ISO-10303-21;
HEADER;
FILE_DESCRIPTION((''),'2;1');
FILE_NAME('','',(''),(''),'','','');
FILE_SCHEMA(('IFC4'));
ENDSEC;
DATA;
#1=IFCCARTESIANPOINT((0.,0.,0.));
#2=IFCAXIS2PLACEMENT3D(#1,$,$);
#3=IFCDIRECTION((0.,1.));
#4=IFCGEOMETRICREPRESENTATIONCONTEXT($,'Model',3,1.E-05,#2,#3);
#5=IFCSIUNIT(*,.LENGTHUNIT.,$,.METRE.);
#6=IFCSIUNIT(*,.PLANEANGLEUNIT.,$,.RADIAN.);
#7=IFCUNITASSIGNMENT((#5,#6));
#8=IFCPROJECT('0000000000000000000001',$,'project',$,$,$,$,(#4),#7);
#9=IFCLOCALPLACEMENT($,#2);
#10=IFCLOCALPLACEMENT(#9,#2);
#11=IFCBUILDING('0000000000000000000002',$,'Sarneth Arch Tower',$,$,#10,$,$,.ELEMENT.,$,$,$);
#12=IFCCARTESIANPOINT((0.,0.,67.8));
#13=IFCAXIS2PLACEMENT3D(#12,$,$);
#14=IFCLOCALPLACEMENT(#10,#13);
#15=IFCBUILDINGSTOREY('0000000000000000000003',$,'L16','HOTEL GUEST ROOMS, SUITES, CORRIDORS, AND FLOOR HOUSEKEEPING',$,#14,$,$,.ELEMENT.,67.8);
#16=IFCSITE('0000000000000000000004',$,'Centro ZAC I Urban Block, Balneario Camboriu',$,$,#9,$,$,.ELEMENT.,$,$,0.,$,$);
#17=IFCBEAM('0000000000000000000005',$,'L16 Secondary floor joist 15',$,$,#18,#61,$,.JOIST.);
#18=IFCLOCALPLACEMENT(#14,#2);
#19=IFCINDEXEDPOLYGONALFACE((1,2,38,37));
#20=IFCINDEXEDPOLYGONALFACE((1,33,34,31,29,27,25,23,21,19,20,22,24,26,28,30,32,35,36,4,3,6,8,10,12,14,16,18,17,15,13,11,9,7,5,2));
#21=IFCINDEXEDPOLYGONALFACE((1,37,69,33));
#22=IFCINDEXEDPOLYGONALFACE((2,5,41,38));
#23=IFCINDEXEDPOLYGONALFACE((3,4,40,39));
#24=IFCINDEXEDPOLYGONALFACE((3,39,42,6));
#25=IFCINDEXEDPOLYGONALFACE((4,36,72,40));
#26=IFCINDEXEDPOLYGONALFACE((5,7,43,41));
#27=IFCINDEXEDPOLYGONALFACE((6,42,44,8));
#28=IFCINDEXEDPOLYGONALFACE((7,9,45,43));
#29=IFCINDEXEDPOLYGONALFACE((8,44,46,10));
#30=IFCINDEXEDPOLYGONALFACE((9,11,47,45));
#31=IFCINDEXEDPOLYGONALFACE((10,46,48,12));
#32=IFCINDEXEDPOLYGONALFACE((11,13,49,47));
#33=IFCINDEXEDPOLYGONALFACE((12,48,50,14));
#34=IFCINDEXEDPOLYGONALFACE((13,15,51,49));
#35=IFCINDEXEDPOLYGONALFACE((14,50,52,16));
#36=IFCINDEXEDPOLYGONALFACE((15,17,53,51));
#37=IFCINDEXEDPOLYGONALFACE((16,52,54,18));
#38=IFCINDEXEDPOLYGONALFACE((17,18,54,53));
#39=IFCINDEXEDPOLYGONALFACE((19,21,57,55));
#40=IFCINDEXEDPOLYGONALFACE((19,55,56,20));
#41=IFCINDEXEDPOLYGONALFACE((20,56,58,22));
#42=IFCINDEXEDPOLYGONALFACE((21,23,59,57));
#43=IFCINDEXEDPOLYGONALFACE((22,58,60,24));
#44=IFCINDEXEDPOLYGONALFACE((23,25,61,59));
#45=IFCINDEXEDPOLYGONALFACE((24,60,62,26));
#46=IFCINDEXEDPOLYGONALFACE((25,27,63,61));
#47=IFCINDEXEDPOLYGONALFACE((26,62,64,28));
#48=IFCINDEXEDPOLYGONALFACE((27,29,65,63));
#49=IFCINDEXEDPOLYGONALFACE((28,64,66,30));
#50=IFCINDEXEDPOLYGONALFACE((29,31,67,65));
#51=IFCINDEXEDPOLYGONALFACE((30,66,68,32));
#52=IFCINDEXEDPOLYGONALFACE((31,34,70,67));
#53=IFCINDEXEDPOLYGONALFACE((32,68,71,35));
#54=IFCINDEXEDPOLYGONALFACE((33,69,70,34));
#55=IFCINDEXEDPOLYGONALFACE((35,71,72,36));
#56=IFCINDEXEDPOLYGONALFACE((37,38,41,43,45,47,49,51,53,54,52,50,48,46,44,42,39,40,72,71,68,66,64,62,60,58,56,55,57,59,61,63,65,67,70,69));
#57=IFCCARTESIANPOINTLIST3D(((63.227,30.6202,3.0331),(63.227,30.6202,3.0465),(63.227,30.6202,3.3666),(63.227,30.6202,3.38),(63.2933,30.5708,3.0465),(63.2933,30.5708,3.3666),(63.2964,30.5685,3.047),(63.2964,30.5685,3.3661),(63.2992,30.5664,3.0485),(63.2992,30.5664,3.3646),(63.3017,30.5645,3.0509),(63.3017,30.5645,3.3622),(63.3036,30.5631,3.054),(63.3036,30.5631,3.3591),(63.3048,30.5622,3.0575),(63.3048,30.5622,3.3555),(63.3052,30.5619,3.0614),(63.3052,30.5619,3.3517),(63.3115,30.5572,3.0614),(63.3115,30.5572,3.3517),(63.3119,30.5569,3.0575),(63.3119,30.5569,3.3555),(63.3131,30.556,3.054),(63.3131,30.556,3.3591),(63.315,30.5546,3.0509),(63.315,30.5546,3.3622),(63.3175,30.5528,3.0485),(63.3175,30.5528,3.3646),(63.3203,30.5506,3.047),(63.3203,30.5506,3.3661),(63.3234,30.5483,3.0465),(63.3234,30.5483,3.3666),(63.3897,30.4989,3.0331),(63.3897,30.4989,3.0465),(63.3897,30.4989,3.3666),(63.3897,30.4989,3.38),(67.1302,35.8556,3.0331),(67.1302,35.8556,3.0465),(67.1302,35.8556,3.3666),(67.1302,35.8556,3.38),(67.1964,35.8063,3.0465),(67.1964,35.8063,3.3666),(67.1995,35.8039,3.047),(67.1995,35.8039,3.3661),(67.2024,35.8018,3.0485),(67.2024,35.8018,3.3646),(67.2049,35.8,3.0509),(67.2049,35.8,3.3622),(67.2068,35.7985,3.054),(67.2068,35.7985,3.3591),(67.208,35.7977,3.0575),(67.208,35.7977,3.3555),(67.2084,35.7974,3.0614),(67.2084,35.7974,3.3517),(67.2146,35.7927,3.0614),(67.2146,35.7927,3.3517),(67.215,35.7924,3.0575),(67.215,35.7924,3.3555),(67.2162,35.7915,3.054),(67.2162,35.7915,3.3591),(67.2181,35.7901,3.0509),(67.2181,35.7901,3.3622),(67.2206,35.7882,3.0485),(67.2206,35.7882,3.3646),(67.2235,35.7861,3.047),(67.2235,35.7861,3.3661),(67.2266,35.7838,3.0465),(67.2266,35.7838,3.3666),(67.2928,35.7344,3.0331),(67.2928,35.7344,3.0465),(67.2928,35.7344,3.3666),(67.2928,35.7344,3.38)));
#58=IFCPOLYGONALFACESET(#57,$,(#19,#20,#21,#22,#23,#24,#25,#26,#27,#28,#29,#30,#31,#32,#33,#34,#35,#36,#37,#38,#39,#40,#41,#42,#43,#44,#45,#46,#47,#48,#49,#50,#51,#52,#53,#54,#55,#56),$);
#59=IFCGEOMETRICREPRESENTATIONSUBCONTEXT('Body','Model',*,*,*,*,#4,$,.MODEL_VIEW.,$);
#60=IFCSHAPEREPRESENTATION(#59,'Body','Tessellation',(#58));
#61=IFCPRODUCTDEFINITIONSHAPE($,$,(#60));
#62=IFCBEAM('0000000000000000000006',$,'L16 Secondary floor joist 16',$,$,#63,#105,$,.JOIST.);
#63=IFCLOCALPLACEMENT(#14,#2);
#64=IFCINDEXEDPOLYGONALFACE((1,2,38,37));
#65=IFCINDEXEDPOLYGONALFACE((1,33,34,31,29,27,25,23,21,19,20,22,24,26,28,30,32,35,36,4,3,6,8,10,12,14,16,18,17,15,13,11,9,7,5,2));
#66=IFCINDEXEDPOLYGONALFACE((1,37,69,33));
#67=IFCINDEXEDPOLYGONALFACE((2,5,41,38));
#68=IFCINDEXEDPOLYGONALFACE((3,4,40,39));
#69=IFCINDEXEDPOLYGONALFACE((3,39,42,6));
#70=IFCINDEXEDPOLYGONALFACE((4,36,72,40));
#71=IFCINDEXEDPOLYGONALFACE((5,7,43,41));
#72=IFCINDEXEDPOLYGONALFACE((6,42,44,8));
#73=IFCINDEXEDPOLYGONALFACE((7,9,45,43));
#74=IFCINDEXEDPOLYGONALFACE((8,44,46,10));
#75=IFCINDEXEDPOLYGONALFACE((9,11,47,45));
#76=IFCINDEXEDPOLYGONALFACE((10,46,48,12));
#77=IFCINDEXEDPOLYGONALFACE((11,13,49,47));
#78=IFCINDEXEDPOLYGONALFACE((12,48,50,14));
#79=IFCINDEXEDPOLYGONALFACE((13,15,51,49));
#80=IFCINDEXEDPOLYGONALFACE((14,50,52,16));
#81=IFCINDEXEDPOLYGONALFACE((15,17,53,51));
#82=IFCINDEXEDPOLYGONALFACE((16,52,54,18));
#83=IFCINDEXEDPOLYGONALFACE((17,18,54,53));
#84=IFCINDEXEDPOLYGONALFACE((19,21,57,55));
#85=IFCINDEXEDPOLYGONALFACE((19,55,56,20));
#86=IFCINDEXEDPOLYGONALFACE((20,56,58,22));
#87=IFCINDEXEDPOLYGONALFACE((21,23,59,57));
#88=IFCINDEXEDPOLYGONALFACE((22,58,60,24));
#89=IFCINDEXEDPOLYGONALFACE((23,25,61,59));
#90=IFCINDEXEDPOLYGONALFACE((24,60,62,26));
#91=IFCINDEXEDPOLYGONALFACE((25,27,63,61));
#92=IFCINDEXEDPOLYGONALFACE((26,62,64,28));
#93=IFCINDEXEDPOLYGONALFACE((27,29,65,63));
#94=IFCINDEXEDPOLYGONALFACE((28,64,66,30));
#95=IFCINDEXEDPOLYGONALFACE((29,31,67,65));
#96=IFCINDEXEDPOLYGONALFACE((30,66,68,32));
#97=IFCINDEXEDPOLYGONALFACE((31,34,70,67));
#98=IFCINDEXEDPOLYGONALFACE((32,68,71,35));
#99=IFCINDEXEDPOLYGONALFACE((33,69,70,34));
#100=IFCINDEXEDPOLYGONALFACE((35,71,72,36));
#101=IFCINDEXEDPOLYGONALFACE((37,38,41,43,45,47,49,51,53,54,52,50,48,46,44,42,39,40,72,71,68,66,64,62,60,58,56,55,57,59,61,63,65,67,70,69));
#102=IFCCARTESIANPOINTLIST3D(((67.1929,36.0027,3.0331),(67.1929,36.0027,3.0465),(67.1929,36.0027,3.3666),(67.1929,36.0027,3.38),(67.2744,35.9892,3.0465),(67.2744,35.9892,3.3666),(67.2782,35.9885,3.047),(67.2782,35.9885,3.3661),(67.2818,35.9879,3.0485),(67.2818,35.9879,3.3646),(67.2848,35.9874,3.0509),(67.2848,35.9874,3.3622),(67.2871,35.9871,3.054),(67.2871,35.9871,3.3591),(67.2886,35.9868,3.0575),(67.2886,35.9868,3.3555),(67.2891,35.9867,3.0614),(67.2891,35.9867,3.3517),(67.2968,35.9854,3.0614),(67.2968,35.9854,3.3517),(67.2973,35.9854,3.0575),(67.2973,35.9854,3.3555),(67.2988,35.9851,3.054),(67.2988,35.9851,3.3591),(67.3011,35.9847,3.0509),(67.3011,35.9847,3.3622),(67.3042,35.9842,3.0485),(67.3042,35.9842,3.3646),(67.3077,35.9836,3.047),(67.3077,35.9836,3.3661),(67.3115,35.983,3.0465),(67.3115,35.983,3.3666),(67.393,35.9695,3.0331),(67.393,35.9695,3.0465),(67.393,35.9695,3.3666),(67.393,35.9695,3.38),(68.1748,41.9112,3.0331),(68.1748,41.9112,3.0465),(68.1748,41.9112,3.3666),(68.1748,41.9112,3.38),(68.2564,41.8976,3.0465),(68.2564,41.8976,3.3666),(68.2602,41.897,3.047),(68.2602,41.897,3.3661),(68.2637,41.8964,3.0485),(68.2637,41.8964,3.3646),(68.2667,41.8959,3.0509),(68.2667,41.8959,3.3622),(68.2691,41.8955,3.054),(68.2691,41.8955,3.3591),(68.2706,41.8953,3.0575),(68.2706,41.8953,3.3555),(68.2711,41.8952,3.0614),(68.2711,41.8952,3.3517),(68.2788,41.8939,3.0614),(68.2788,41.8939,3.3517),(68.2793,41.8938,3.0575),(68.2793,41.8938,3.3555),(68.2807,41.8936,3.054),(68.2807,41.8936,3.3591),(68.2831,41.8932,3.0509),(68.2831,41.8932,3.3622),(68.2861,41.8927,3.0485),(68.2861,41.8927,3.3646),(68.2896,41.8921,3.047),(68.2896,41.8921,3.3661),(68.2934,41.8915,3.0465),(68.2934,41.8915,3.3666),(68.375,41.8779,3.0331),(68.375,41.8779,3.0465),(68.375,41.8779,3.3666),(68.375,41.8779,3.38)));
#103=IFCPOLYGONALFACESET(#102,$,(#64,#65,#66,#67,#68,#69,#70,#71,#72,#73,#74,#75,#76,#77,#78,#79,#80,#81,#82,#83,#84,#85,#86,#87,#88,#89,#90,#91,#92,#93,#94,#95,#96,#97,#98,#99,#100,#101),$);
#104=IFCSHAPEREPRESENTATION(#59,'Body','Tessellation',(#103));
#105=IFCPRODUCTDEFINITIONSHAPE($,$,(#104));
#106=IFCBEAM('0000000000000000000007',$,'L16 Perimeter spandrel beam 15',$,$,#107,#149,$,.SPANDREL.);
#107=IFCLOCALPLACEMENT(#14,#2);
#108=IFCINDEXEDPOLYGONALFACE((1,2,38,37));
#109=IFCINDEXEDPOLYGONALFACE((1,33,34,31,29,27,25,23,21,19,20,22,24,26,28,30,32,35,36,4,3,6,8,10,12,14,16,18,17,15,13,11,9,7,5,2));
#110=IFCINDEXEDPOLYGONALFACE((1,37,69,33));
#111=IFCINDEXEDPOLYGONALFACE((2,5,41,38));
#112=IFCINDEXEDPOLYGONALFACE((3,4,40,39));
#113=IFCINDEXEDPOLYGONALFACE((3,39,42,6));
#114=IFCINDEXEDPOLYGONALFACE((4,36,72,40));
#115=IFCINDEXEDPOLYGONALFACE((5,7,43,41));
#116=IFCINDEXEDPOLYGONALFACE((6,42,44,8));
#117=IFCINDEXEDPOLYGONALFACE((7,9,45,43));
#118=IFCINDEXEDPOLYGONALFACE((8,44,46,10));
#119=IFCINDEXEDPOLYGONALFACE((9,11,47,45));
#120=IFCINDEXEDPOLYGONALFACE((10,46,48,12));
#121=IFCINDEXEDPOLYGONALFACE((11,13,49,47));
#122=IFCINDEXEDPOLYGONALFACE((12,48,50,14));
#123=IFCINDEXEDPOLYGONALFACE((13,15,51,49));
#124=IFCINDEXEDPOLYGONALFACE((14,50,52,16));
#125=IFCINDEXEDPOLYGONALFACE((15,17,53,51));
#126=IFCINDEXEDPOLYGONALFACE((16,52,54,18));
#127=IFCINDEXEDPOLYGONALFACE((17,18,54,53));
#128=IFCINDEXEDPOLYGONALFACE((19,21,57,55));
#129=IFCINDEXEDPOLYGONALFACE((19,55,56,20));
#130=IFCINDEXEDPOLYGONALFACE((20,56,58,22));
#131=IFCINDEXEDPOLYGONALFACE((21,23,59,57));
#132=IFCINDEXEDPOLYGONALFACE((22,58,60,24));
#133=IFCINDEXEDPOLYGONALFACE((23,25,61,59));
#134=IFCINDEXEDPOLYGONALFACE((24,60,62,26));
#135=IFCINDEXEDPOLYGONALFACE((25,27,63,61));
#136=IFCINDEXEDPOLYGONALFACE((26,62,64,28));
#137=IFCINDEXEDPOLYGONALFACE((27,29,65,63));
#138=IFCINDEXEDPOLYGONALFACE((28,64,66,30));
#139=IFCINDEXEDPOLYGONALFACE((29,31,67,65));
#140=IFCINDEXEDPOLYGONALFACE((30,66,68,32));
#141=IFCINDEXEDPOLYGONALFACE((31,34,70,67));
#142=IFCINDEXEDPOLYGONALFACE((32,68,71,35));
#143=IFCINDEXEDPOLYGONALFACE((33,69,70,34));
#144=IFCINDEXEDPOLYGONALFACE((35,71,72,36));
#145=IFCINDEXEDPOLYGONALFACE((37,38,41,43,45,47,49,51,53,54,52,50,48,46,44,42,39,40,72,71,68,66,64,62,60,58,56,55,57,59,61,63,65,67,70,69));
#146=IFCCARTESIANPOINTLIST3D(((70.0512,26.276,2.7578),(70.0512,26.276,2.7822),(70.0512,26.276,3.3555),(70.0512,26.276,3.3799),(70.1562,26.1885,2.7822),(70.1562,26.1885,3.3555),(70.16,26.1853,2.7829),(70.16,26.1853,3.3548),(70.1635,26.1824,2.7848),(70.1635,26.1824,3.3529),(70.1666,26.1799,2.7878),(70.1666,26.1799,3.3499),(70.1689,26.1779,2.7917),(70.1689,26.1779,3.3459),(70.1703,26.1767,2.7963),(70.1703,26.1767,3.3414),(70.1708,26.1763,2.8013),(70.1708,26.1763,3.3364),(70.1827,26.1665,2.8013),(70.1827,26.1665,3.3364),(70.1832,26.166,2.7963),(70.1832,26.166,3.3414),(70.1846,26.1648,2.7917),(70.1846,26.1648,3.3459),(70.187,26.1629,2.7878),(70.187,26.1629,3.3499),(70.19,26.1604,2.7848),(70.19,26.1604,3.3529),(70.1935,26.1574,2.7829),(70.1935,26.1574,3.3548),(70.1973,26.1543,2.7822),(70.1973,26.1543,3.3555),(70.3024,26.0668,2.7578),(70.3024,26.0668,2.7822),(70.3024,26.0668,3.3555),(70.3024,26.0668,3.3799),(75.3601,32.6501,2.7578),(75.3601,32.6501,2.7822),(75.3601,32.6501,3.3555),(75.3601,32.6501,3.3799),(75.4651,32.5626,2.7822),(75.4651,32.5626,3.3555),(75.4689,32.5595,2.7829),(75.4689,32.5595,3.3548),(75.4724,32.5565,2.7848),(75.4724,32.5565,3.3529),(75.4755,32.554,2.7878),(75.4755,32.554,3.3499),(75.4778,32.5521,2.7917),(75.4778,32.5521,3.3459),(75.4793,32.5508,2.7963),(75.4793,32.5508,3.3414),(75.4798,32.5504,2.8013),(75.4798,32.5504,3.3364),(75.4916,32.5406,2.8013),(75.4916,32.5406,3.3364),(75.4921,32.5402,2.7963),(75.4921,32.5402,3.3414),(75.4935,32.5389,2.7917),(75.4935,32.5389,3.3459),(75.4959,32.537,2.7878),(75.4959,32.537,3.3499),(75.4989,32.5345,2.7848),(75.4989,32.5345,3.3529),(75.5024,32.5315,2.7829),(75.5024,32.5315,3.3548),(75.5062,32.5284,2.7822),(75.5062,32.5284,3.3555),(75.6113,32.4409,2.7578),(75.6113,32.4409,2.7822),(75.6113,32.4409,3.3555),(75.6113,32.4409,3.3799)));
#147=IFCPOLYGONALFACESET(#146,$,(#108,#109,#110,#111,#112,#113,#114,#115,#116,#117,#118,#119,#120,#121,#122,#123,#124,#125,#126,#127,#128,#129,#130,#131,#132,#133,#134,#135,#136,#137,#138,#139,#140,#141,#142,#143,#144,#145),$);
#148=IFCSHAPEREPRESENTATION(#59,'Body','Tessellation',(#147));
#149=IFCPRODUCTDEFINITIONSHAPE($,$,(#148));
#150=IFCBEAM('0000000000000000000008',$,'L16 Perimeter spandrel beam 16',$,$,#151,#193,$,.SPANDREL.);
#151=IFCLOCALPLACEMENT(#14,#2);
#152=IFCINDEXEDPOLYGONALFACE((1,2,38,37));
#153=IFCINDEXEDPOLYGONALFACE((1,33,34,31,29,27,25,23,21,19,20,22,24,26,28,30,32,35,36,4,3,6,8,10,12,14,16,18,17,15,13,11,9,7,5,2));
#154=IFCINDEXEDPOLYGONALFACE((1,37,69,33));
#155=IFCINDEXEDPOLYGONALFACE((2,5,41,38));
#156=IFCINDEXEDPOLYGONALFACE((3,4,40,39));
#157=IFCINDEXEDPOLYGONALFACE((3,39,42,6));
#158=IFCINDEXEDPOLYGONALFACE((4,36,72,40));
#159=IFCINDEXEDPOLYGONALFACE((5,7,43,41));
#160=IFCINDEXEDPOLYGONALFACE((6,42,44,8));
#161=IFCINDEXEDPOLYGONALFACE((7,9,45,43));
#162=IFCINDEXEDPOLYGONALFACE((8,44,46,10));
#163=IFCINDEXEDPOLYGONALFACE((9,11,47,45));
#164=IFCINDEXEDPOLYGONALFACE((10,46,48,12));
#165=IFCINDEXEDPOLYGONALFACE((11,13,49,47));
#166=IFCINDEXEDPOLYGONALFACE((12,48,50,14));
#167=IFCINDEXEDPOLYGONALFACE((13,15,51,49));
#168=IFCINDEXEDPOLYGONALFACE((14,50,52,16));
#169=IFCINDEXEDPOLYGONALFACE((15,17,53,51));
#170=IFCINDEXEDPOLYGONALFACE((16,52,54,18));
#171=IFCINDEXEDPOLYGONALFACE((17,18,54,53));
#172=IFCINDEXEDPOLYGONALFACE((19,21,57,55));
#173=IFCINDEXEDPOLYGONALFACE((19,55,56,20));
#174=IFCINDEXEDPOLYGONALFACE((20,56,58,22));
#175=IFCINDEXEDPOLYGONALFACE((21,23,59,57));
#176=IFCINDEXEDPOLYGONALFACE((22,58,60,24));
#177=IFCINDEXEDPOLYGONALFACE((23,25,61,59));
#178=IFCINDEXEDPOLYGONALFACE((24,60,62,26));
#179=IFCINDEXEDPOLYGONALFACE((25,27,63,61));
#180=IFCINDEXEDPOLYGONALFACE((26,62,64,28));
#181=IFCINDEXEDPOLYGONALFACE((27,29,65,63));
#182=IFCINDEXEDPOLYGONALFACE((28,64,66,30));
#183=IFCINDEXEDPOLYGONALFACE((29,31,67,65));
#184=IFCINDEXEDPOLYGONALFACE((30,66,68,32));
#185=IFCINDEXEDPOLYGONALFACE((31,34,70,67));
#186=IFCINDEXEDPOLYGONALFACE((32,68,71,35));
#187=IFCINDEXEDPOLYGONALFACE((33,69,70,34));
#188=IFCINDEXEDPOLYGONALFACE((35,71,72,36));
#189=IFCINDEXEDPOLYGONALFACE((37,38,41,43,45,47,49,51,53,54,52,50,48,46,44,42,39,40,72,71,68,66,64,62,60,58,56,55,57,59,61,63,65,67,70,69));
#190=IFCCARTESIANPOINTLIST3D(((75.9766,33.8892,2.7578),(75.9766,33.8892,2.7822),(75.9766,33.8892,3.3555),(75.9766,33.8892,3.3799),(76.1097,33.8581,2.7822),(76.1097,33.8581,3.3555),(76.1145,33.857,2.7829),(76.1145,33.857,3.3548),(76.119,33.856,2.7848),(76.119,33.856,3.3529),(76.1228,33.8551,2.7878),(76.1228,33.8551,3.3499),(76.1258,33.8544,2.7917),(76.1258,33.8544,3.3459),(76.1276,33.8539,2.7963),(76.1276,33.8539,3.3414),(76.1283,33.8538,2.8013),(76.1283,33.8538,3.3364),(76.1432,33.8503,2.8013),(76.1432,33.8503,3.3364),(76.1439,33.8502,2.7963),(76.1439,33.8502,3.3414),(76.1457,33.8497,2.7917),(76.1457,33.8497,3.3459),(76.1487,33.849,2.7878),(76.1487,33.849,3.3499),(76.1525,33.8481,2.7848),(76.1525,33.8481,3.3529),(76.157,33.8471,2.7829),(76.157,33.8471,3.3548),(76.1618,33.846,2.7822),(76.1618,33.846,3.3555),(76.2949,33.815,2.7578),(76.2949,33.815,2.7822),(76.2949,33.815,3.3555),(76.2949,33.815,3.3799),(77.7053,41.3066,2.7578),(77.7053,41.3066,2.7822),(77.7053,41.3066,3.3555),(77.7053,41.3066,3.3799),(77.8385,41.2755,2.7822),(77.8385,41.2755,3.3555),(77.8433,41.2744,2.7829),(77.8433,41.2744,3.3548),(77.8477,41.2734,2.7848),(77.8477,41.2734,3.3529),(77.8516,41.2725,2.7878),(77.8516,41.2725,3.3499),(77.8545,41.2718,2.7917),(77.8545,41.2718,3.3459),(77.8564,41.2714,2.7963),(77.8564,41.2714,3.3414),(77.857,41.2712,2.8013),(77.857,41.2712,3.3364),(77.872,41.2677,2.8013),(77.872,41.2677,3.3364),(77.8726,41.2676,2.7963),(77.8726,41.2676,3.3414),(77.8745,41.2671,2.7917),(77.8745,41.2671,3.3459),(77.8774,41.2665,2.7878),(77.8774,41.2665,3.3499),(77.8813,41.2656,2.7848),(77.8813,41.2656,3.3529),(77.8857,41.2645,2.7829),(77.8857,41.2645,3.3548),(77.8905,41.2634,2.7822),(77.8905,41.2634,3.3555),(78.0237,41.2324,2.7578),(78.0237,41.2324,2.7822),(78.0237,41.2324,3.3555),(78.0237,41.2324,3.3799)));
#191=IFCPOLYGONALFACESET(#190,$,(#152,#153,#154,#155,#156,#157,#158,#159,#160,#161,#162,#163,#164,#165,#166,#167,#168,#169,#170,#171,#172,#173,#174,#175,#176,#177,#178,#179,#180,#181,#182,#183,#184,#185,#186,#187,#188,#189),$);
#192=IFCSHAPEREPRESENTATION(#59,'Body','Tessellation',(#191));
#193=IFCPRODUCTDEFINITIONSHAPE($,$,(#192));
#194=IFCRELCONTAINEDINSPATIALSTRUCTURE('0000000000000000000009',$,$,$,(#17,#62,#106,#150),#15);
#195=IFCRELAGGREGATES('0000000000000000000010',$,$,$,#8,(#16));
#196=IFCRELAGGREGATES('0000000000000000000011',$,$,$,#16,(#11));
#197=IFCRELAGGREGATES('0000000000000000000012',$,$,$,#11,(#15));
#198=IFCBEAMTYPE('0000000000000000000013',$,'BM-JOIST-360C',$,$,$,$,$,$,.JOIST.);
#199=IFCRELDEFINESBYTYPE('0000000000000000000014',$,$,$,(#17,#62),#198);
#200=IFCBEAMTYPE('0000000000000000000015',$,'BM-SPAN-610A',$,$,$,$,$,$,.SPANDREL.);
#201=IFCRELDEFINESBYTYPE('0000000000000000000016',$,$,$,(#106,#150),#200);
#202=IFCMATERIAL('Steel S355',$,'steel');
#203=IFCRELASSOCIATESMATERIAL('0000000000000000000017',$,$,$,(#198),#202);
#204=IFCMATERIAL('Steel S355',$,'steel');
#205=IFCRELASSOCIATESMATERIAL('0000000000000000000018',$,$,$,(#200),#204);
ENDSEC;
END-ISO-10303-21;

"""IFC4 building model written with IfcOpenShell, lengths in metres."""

from ifc_helpers import new_model, si_unit, direction, frame, origin, origin_2d, place, context, subcontext, project, spatial, i_section, extrude, material, material_profile, profile_set, type_object, element, save


model = new_model("IFC4")

# Units and contexts
model_context = context("Model", 3, precision=1e-05, world=origin(), true_north=direction((0.0, 1.0)))
body_context = subcontext(model_context, "Body", "Model", "MODEL_VIEW")
ifc_project = project(units=[si_unit("LENGTHUNIT", "METRE"), si_unit("PLANEANGLEUNIT", "RADIAN")], contexts=[model_context])

# Site, building, storey
site_placement = place(None, origin())
site = spatial("IfcSite", under=ifc_project, at=site_placement, Name="Centro ZAC I Urban Block, Balneario Camboriu", CompositionType="ELEMENT", RefElevation=0.0)
building_placement = place(site_placement, origin())
building = spatial("IfcBuilding", under=site, at=building_placement, Name="Sarneth Arch Tower", CompositionType="ELEMENT")
storey_placement = place(building_placement, frame((0.0, 0.0, 67.8)))
storey = spatial("IfcBuildingStorey", under=building, at=storey_placement, Name="L16", Description="HOTEL GUEST ROOMS, SUITES, CORRIDORS, AND FLOOR HOUSEKEEPING", CompositionType="ELEMENT", Elevation=67.8)

# Beams
ifc_material_1 = material(Name="Steel S355", Category="steel")
ifc_material_profile_1 = material_profile(ifc_material_1, i_section(OverallWidth=0.2029, OverallDepth=0.3469, WebThickness=0.0078, FlangeThickness=0.0134, FilletRadius=0.0149, at=origin_2d()), Name="W360x64")
ifc_profile_set_1 = profile_set([ifc_material_profile_1], Name="Steel S355")
beam_type_1 = type_object("IfcBeamType", Name="BM-JOIST-360C", PredefinedType="JOIST", material=ifc_profile_set_1)
beam_1_placement = place(storey_placement, frame((63.3083, 30.5596, 3.2065), z_axis=(0.5977, 0.801719, 0.0), x_axis=(-0.801719, 0.5977, 0.0)))
element("IfcBeam", 1, at=beam_1_placement, inside=storey, type_object=beam_type_1, Name="L16 Secondary floor joist 15", PredefinedType="JOIST", context=body_context, shape_type="SweptSolid", body=[
    extrude(i_section(OverallWidth=0.2029, OverallDepth=0.3469, WebThickness=0.0078, FlangeThickness=0.0134, FilletRadius=0.0149, at=origin_2d()), origin(), (0.0, 0.0, 1.0), 6.5303),
])
beam_2_placement = place(storey_placement, frame((67.293, 35.9861, 3.2065), z_axis=(0.163943, 0.98647, 0.0), x_axis=(-0.98647, 0.163943, 0.0)))
element("IfcBeam", 2, at=beam_2_placement, inside=storey, type_object=beam_type_1, Name="L16 Secondary floor joist 16", PredefinedType="JOIST", context=body_context, shape_type="SweptSolid", body=[
    extrude(i_section(OverallWidth=0.2029, OverallDepth=0.3469, WebThickness=0.0078, FlangeThickness=0.0134, FilletRadius=0.0149, at=origin_2d()), origin(), (0.0, 0.0, 1.0), 5.9895),
])
ifc_material_2 = material(Name="Steel S355", Category="steel")
ifc_material_profile_2 = material_profile(ifc_material_2, i_section(OverallWidth=0.3269, OverallDepth=0.6221, WebThickness=0.0154, FlangeThickness=0.0244, FilletRadius=0.019, at=origin_2d()), Name="W610x195")
ifc_profile_set_2 = profile_set([ifc_material_profile_2], Name="Steel S355")
beam_type_2 = type_object("IfcBeamType", Name="BM-SPAN-610A", PredefinedType="SPANDREL", material=ifc_profile_set_2)
beam_3_placement = place(storey_placement, frame((70.1768, 26.1714, 3.0688), z_axis=(0.639982, 0.76839, 0.0), x_axis=(-0.76839, 0.639982, 0.0)))
element("IfcBeam", 3, at=beam_3_placement, inside=storey, type_object=beam_type_2, Name="L16 Perimeter spandrel beam 15", PredefinedType="SPANDREL", context=body_context, shape_type="SweptSolid", body=[
    extrude(i_section(OverallWidth=0.3269, OverallDepth=0.6221, WebThickness=0.0154, FlangeThickness=0.0244, FilletRadius=0.019, at=origin_2d()), origin(), (0.0, 0.0, 1.0), 8.2954),
])
beam_4_placement = place(storey_placement, frame((76.1357, 33.8521, 3.0688), z_axis=(0.226982, 0.973899, 0.0), x_axis=(-0.973899, 0.226982, 0.0)))
element("IfcBeam", 4, at=beam_4_placement, inside=storey, type_object=beam_type_2, Name="L16 Perimeter spandrel beam 16", PredefinedType="SPANDREL", context=body_context, shape_type="SweptSolid", body=[
    extrude(i_section(OverallWidth=0.3269, OverallDepth=0.6221, WebThickness=0.0154, FlangeThickness=0.0244, FilletRadius=0.019, at=origin_2d()), origin(), (0.0, 0.0, 1.0), 7.6162),
])

save(model, "model.ifc")
